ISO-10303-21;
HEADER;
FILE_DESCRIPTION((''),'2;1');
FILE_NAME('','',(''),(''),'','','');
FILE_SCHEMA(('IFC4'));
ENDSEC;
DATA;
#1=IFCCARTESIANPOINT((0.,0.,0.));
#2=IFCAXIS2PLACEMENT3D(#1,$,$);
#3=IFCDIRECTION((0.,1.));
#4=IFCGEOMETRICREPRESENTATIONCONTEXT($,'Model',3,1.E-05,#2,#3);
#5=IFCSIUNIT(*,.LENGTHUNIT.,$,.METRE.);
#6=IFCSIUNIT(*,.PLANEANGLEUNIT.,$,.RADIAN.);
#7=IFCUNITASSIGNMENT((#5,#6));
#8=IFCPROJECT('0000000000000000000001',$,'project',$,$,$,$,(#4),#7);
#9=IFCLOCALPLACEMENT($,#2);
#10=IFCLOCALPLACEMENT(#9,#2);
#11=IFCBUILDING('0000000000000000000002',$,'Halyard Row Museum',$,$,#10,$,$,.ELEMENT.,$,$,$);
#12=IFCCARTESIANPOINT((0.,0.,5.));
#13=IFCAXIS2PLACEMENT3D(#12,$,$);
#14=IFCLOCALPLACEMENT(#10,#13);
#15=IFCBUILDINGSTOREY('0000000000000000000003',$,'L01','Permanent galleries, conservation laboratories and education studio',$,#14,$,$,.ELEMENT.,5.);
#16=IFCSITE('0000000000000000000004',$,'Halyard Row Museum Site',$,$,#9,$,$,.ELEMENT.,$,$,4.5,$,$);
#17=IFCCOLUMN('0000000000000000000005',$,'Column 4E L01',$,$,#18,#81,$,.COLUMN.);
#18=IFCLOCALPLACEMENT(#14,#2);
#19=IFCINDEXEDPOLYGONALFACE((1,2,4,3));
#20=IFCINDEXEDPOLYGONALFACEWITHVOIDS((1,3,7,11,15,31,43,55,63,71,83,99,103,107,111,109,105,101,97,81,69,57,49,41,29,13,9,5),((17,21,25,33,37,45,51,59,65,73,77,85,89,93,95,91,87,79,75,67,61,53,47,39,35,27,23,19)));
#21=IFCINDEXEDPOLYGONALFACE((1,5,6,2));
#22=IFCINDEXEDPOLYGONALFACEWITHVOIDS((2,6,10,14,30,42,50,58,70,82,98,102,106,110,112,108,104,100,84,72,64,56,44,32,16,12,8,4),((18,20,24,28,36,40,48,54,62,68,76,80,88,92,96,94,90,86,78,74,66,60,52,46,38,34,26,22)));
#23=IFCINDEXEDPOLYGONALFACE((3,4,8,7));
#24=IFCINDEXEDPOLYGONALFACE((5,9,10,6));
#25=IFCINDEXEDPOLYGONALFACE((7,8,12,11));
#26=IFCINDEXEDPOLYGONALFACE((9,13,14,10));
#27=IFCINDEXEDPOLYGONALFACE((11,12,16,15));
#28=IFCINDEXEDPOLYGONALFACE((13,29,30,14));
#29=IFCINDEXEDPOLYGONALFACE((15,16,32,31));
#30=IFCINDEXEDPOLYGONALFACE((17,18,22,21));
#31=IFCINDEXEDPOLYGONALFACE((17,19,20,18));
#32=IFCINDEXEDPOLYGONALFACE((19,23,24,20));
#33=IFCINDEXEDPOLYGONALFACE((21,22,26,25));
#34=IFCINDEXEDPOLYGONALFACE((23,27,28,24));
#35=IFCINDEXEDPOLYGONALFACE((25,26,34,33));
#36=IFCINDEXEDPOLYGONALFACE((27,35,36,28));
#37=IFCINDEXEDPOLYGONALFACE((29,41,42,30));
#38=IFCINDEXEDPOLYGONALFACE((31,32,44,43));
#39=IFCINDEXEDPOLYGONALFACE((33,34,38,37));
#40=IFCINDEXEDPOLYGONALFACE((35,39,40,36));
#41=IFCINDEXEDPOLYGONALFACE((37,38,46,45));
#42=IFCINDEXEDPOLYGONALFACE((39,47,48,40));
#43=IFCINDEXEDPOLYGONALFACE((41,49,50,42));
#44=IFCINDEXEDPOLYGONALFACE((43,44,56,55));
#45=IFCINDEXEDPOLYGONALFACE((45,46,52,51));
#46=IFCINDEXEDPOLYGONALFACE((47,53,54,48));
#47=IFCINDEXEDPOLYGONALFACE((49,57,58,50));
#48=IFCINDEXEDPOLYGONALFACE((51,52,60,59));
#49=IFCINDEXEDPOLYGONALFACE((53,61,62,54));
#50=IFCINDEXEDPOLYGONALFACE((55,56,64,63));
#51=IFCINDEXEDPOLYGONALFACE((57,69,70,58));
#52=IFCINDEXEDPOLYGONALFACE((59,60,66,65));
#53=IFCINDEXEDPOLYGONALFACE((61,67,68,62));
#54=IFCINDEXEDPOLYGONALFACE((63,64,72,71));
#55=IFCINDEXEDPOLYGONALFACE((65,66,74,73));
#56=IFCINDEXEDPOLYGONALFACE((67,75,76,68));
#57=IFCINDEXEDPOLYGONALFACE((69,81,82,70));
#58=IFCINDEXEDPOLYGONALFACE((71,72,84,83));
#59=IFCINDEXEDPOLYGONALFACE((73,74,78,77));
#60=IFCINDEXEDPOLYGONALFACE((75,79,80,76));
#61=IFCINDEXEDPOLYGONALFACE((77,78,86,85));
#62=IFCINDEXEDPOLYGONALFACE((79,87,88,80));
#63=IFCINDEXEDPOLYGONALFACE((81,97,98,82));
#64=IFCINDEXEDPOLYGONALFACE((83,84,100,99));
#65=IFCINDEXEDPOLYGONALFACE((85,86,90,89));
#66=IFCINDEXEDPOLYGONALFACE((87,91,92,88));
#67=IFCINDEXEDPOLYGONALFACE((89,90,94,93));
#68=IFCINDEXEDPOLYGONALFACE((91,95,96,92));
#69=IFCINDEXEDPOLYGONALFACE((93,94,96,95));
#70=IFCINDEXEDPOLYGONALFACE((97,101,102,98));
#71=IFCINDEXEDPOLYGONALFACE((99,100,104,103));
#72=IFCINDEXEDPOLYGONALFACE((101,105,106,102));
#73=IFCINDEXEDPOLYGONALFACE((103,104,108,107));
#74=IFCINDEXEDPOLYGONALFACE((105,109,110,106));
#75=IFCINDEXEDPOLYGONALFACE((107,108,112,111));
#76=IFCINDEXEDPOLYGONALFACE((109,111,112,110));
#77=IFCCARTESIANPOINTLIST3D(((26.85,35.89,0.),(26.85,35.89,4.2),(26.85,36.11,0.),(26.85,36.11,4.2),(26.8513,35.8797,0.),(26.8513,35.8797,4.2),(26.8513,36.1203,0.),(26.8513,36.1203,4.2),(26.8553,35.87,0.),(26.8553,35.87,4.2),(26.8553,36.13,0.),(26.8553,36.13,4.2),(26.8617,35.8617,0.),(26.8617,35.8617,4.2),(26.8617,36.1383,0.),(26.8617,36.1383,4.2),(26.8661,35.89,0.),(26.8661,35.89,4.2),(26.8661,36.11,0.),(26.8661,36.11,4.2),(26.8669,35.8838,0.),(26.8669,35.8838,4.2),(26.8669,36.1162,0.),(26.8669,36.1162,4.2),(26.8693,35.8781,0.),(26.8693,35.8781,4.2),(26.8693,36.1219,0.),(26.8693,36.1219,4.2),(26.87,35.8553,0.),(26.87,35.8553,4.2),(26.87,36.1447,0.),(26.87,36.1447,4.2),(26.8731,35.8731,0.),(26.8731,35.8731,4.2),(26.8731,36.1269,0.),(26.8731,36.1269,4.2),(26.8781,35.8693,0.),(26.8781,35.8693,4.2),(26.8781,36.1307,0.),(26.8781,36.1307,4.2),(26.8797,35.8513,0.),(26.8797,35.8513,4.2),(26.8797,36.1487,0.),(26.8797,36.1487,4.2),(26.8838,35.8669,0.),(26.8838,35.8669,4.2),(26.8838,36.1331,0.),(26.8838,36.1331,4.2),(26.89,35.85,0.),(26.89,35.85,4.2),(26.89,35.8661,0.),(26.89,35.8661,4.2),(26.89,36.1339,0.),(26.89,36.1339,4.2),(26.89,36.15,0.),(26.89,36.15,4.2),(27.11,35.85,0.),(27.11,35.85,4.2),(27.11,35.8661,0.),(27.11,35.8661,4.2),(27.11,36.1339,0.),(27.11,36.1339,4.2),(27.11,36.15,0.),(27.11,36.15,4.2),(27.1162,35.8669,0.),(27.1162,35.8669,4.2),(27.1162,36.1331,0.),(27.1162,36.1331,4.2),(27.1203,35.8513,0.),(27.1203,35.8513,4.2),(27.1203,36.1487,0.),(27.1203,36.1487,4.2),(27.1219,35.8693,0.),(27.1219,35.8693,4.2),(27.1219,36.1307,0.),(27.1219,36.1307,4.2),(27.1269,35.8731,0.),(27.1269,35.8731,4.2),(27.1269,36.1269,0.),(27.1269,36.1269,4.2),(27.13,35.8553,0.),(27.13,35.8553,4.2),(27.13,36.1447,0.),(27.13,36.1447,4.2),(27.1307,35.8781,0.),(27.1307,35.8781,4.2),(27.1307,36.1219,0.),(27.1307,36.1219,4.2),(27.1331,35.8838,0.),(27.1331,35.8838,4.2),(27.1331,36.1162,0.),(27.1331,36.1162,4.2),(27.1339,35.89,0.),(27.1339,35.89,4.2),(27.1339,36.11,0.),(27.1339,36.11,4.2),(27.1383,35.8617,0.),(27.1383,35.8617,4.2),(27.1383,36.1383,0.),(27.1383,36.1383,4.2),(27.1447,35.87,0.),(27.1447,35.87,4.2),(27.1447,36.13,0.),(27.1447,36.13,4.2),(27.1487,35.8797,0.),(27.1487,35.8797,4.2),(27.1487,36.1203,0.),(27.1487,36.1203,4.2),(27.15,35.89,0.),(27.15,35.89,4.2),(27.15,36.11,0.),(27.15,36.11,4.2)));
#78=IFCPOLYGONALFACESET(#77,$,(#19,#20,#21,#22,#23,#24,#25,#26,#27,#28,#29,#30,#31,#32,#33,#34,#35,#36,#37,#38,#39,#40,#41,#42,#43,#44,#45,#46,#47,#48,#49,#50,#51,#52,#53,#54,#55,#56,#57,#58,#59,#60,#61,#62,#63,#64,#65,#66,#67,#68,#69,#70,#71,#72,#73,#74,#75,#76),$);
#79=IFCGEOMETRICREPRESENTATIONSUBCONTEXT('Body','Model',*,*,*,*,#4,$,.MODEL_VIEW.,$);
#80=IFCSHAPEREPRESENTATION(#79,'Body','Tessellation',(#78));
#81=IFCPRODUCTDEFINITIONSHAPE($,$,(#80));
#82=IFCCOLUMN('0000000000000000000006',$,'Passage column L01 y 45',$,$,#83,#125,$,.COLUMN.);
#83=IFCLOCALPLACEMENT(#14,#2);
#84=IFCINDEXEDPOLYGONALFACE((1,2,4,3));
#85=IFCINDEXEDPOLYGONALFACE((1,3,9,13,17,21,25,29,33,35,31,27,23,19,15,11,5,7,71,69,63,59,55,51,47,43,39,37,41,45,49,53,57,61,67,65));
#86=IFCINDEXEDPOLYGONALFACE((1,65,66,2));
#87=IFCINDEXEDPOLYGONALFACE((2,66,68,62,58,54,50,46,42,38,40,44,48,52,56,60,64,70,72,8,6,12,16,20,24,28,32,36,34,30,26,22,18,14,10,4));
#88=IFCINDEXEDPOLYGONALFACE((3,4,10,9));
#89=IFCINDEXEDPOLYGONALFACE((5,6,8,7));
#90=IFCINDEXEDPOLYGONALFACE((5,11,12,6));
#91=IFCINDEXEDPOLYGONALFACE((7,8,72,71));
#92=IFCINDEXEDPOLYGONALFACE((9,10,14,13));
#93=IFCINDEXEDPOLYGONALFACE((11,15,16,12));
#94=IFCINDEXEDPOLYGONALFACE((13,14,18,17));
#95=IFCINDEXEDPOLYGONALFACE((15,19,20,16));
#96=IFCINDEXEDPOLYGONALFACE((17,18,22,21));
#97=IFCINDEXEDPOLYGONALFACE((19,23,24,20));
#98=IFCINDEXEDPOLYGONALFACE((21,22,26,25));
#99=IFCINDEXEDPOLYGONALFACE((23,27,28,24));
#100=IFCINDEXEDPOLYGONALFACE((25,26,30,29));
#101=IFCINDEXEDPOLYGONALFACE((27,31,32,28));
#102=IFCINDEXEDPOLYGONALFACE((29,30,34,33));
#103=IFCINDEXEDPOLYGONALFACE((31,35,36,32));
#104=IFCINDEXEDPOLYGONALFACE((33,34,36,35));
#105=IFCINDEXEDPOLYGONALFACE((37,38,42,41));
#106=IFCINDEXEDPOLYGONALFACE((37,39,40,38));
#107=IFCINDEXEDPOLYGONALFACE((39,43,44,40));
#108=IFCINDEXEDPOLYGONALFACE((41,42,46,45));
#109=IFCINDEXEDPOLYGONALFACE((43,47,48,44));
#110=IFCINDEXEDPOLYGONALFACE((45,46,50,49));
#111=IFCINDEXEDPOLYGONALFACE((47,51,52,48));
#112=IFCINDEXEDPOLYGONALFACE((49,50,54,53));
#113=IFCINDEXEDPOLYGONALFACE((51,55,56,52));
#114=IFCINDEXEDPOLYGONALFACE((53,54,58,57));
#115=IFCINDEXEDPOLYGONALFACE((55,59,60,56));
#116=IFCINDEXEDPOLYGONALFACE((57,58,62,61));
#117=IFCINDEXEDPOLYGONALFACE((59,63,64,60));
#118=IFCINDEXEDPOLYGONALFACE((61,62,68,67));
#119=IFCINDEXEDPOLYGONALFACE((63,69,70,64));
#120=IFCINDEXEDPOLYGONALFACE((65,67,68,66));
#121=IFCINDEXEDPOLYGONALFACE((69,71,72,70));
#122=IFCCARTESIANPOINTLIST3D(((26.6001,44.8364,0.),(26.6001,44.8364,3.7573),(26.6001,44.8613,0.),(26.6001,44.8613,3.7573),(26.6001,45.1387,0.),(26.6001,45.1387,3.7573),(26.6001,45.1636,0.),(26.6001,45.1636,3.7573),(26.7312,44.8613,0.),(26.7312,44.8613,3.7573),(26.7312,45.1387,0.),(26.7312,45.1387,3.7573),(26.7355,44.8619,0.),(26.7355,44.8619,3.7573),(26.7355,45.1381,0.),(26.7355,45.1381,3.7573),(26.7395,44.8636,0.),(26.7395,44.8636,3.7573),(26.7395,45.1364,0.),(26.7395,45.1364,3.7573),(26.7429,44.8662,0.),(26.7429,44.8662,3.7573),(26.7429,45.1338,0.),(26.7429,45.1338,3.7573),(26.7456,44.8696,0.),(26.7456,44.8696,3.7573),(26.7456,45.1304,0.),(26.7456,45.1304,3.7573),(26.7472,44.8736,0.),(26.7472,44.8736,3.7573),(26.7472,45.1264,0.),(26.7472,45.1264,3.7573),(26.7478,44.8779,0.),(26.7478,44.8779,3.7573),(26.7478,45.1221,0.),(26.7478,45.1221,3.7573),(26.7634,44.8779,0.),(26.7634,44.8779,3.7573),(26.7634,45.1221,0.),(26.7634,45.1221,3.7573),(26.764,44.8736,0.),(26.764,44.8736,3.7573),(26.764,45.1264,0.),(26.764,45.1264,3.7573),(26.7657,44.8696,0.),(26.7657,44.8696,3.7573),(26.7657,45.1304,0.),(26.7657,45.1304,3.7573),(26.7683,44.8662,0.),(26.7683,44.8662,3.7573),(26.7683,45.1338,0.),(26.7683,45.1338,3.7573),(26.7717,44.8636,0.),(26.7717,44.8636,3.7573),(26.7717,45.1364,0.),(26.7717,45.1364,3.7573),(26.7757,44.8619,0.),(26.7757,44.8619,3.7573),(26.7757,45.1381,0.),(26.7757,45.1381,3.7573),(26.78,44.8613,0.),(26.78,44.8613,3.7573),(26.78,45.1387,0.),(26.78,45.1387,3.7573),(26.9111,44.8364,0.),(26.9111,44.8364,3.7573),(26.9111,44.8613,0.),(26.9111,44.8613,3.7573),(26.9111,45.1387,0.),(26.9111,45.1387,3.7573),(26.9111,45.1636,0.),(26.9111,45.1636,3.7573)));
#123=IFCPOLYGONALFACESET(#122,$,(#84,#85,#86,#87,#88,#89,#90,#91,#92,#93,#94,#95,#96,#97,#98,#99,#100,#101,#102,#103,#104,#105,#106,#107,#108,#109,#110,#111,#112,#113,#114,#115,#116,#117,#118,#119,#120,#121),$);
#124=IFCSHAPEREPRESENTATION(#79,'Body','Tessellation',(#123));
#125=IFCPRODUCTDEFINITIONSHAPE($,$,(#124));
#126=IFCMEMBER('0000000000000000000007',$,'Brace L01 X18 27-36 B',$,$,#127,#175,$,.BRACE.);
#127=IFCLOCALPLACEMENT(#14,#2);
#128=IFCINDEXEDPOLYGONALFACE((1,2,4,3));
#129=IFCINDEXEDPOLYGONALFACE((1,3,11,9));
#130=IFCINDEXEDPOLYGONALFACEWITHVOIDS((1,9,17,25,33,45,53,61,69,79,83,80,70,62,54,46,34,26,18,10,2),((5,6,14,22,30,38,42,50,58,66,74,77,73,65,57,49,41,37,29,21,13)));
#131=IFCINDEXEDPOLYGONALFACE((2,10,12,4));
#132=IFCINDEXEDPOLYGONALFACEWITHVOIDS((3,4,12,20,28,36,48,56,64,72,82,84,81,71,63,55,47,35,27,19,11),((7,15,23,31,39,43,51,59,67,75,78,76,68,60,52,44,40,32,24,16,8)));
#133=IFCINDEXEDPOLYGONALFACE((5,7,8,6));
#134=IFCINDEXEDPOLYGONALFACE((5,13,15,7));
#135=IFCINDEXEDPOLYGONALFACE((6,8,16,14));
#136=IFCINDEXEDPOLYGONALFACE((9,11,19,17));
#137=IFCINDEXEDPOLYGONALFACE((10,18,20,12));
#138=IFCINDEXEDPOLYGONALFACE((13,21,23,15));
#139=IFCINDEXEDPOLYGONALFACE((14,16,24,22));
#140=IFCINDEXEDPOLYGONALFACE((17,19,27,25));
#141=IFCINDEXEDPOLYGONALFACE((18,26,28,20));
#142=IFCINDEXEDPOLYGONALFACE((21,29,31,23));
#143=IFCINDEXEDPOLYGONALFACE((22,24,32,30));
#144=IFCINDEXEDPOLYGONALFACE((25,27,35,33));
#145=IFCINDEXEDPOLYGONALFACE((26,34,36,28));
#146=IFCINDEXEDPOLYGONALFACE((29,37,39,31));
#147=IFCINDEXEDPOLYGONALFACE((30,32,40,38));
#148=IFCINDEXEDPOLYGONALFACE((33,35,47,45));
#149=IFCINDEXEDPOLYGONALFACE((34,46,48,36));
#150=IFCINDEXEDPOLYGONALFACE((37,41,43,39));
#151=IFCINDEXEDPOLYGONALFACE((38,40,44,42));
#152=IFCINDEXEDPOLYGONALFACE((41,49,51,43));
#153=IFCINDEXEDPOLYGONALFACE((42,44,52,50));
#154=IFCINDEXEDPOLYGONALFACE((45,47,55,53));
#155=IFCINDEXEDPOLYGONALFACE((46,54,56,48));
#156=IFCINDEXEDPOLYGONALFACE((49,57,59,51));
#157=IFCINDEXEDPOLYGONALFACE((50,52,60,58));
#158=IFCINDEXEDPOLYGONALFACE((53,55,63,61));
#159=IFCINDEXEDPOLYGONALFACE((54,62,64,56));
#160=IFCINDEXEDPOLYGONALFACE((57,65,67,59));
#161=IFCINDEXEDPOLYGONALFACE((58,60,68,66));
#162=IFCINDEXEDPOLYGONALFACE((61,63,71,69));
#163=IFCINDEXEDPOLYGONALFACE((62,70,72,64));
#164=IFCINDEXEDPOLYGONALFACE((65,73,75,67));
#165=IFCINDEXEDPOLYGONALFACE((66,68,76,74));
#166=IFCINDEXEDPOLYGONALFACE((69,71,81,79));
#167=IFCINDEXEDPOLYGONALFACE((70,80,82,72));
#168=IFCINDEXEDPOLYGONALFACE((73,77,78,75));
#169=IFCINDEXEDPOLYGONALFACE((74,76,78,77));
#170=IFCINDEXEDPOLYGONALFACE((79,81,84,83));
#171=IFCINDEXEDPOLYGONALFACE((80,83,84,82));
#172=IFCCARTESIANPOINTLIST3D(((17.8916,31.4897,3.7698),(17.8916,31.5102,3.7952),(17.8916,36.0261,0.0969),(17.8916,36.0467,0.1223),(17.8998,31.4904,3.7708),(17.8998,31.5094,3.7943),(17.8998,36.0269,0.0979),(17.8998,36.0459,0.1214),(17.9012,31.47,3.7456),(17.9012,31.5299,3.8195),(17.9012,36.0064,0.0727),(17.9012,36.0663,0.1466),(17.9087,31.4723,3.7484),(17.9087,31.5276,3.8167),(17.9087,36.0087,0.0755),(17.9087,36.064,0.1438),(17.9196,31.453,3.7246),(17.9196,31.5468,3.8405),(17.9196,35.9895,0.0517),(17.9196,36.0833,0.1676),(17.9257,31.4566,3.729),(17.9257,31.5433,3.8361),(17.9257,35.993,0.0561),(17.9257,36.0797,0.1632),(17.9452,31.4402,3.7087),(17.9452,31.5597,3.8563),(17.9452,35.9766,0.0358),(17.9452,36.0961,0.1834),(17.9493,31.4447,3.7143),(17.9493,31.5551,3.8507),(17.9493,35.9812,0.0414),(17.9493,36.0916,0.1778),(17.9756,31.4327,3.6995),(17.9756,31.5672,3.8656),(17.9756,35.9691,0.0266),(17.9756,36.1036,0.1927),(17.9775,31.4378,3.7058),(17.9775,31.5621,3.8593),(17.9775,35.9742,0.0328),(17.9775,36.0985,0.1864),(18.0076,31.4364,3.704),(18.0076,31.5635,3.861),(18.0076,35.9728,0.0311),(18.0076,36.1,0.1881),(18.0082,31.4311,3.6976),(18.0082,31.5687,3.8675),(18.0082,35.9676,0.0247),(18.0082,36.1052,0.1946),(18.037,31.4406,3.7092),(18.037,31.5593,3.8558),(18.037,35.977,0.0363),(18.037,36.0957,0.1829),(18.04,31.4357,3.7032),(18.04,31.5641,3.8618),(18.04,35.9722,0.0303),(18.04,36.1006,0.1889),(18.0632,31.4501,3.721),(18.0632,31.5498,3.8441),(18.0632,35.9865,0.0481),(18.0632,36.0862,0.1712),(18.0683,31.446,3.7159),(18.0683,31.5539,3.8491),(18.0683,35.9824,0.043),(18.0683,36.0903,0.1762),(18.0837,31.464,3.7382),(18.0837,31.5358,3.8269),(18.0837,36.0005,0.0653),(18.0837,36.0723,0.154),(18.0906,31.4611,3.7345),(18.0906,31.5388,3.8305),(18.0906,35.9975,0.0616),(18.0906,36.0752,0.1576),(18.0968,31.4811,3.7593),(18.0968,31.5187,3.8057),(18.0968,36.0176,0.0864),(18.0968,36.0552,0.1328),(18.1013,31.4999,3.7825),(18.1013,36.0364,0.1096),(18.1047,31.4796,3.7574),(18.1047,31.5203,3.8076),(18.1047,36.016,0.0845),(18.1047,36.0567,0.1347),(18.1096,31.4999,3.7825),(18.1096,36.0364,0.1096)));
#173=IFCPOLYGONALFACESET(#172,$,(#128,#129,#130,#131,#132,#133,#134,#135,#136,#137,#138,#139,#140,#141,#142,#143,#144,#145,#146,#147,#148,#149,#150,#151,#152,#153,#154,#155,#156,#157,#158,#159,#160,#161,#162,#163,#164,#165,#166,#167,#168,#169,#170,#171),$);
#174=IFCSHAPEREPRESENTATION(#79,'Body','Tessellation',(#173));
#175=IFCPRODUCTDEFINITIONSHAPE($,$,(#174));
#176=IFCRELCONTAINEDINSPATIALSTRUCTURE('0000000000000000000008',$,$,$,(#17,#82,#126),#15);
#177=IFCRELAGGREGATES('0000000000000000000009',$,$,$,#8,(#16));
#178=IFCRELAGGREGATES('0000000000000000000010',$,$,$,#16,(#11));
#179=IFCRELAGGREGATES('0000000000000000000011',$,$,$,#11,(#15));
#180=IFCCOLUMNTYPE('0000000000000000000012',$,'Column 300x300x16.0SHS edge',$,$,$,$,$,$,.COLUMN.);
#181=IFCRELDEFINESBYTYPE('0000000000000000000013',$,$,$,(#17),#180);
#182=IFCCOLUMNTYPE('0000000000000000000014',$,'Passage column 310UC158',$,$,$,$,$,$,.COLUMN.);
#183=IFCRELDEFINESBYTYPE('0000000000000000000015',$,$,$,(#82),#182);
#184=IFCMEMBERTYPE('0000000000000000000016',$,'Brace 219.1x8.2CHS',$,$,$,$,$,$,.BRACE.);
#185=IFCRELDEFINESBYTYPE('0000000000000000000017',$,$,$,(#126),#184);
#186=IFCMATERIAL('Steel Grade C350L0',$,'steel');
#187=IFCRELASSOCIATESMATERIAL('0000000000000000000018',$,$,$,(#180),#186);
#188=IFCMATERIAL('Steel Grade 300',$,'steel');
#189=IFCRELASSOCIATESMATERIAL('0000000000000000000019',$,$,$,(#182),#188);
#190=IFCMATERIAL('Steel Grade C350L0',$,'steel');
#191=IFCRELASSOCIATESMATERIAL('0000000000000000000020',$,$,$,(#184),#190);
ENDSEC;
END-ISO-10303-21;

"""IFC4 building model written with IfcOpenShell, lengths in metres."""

from ifc_helpers import new_model, si_unit, direction, frame, origin, origin_2d, place, context, subcontext, project, spatial, hollow_rectangle, hollow_circle, i_section, extrude, material, material_profile, profile_set, type_object, element, save


model = new_model("IFC4")

# Units and contexts
model_context = context("Model", 3, precision=1e-05, world=origin(), true_north=direction((0.0, 1.0)))
body_context = subcontext(model_context, "Body", "Model", "MODEL_VIEW")
ifc_project = project(units=[si_unit("LENGTHUNIT", "METRE"), si_unit("PLANEANGLEUNIT", "RADIAN")], contexts=[model_context])

# Site, building, storey
site_placement = place(None, origin())
site = spatial("IfcSite", under=ifc_project, at=site_placement, Name="Halyard Row Museum Site", CompositionType="ELEMENT", RefElevation=4.5)
building_placement = place(site_placement, origin())
building = spatial("IfcBuilding", under=site, at=building_placement, Name="Halyard Row Museum", CompositionType="ELEMENT")
storey_placement = place(building_placement, frame((0.0, 0.0, 5.0)))
storey = spatial("IfcBuildingStorey", under=building, at=storey_placement, Name="L01", Description="Permanent galleries, conservation laboratories and education studio", CompositionType="ELEMENT", Elevation=5.0)

# Columns
ifc_material_1 = material(Name="Steel Grade C350L0", Category="steel")
ifc_material_profile_1 = material_profile(ifc_material_1, hollow_rectangle(XDim=0.3, YDim=0.3, WallThickness=0.0161, InnerFilletRadius=0.0239, OuterFilletRadius=0.04, at=origin_2d()), Name="300x300x16.0SHS")
ifc_profile_set_1 = profile_set([ifc_material_profile_1], Name="Steel Grade C350L0")
column_type_1 = type_object("IfcColumnType", Name="Column 300x300x16.0SHS edge", PredefinedType="COLUMN", material=ifc_profile_set_1)
column_1_placement = place(storey_placement, frame((27.0, 36.0, 0.0), z_axis=(0.0, 0.0, 1.0), x_axis=(1.0, 0.0, 0.0)))
element("IfcColumn", 1, at=column_1_placement, inside=storey, type_object=column_type_1, Name="Column 4E L01", PredefinedType="COLUMN", context=body_context, shape_type="SweptSolid", body=[
    extrude(hollow_rectangle(XDim=0.3, YDim=0.3, WallThickness=0.0161, InnerFilletRadius=0.0239, OuterFilletRadius=0.04, at=origin_2d()), origin(), (0.0, 0.0, 1.0), 4.2),
])
ifc_material_2 = material(Name="Steel Grade 300", Category="steel")
ifc_material_profile_2 = material_profile(ifc_material_2, i_section(OverallWidth=0.311, OverallDepth=0.3271, WebThickness=0.0156, FlangeThickness=0.0249, FilletRadius=0.0166, at=origin_2d()), Name="310UC158")
ifc_profile_set_2 = profile_set([ifc_material_profile_2], Name="Steel Grade 300")
column_type_2 = type_object("IfcColumnType", Name="Passage column 310UC158", PredefinedType="COLUMN", material=ifc_profile_set_2)
column_2_placement = place(storey_placement, frame((26.7556, 45.0, 0.0), z_axis=(0.0, 0.0, 1.0), x_axis=(1.0, 0.0, 0.0)))
element("IfcColumn", 2, at=column_2_placement, inside=storey, type_object=column_type_2, Name="Passage column L01 y 45", PredefinedType="COLUMN", context=body_context, shape_type="SweptSolid", body=[
    extrude(i_section(OverallWidth=0.311, OverallDepth=0.3271, WebThickness=0.0156, FlangeThickness=0.0249, FilletRadius=0.0166, at=origin_2d()), origin(), (0.0, 0.0, 1.0), 3.7573),
])

# Member
ifc_material_3 = material(Name="Steel Grade C350L0", Category="steel")
ifc_material_profile_3 = material_profile(ifc_material_3, hollow_circle(Radius=0.1096, WallThickness=0.0083, at=origin_2d()), Name="219.1x8.2CHS")
ifc_profile_set_3 = profile_set([ifc_material_profile_3], Name="Steel Grade C350L0")
member_type_1 = type_object("IfcMemberType", Name="Brace 219.1x8.2CHS", PredefinedType="BRACE", material=ifc_profile_set_3)
member_1_placement = place(storey_placement, frame((18.0, 36.0364, 0.1096), z_axis=(0.0, -0.777199, 0.629255), x_axis=(1.0, 0.0, 0.0)))
element("IfcMember", 3, at=member_1_placement, inside=storey, type_object=member_type_1, Name="Brace L01 X18 27-36 B", PredefinedType="BRACE", context=body_context, shape_type="SweptSolid", body=[
    extrude(hollow_circle(Radius=0.1096, WallThickness=0.0083, at=origin_2d()), origin(), (0.0, 0.0, 1.0), 5.8369),
])

save(model, "model.ifc")
